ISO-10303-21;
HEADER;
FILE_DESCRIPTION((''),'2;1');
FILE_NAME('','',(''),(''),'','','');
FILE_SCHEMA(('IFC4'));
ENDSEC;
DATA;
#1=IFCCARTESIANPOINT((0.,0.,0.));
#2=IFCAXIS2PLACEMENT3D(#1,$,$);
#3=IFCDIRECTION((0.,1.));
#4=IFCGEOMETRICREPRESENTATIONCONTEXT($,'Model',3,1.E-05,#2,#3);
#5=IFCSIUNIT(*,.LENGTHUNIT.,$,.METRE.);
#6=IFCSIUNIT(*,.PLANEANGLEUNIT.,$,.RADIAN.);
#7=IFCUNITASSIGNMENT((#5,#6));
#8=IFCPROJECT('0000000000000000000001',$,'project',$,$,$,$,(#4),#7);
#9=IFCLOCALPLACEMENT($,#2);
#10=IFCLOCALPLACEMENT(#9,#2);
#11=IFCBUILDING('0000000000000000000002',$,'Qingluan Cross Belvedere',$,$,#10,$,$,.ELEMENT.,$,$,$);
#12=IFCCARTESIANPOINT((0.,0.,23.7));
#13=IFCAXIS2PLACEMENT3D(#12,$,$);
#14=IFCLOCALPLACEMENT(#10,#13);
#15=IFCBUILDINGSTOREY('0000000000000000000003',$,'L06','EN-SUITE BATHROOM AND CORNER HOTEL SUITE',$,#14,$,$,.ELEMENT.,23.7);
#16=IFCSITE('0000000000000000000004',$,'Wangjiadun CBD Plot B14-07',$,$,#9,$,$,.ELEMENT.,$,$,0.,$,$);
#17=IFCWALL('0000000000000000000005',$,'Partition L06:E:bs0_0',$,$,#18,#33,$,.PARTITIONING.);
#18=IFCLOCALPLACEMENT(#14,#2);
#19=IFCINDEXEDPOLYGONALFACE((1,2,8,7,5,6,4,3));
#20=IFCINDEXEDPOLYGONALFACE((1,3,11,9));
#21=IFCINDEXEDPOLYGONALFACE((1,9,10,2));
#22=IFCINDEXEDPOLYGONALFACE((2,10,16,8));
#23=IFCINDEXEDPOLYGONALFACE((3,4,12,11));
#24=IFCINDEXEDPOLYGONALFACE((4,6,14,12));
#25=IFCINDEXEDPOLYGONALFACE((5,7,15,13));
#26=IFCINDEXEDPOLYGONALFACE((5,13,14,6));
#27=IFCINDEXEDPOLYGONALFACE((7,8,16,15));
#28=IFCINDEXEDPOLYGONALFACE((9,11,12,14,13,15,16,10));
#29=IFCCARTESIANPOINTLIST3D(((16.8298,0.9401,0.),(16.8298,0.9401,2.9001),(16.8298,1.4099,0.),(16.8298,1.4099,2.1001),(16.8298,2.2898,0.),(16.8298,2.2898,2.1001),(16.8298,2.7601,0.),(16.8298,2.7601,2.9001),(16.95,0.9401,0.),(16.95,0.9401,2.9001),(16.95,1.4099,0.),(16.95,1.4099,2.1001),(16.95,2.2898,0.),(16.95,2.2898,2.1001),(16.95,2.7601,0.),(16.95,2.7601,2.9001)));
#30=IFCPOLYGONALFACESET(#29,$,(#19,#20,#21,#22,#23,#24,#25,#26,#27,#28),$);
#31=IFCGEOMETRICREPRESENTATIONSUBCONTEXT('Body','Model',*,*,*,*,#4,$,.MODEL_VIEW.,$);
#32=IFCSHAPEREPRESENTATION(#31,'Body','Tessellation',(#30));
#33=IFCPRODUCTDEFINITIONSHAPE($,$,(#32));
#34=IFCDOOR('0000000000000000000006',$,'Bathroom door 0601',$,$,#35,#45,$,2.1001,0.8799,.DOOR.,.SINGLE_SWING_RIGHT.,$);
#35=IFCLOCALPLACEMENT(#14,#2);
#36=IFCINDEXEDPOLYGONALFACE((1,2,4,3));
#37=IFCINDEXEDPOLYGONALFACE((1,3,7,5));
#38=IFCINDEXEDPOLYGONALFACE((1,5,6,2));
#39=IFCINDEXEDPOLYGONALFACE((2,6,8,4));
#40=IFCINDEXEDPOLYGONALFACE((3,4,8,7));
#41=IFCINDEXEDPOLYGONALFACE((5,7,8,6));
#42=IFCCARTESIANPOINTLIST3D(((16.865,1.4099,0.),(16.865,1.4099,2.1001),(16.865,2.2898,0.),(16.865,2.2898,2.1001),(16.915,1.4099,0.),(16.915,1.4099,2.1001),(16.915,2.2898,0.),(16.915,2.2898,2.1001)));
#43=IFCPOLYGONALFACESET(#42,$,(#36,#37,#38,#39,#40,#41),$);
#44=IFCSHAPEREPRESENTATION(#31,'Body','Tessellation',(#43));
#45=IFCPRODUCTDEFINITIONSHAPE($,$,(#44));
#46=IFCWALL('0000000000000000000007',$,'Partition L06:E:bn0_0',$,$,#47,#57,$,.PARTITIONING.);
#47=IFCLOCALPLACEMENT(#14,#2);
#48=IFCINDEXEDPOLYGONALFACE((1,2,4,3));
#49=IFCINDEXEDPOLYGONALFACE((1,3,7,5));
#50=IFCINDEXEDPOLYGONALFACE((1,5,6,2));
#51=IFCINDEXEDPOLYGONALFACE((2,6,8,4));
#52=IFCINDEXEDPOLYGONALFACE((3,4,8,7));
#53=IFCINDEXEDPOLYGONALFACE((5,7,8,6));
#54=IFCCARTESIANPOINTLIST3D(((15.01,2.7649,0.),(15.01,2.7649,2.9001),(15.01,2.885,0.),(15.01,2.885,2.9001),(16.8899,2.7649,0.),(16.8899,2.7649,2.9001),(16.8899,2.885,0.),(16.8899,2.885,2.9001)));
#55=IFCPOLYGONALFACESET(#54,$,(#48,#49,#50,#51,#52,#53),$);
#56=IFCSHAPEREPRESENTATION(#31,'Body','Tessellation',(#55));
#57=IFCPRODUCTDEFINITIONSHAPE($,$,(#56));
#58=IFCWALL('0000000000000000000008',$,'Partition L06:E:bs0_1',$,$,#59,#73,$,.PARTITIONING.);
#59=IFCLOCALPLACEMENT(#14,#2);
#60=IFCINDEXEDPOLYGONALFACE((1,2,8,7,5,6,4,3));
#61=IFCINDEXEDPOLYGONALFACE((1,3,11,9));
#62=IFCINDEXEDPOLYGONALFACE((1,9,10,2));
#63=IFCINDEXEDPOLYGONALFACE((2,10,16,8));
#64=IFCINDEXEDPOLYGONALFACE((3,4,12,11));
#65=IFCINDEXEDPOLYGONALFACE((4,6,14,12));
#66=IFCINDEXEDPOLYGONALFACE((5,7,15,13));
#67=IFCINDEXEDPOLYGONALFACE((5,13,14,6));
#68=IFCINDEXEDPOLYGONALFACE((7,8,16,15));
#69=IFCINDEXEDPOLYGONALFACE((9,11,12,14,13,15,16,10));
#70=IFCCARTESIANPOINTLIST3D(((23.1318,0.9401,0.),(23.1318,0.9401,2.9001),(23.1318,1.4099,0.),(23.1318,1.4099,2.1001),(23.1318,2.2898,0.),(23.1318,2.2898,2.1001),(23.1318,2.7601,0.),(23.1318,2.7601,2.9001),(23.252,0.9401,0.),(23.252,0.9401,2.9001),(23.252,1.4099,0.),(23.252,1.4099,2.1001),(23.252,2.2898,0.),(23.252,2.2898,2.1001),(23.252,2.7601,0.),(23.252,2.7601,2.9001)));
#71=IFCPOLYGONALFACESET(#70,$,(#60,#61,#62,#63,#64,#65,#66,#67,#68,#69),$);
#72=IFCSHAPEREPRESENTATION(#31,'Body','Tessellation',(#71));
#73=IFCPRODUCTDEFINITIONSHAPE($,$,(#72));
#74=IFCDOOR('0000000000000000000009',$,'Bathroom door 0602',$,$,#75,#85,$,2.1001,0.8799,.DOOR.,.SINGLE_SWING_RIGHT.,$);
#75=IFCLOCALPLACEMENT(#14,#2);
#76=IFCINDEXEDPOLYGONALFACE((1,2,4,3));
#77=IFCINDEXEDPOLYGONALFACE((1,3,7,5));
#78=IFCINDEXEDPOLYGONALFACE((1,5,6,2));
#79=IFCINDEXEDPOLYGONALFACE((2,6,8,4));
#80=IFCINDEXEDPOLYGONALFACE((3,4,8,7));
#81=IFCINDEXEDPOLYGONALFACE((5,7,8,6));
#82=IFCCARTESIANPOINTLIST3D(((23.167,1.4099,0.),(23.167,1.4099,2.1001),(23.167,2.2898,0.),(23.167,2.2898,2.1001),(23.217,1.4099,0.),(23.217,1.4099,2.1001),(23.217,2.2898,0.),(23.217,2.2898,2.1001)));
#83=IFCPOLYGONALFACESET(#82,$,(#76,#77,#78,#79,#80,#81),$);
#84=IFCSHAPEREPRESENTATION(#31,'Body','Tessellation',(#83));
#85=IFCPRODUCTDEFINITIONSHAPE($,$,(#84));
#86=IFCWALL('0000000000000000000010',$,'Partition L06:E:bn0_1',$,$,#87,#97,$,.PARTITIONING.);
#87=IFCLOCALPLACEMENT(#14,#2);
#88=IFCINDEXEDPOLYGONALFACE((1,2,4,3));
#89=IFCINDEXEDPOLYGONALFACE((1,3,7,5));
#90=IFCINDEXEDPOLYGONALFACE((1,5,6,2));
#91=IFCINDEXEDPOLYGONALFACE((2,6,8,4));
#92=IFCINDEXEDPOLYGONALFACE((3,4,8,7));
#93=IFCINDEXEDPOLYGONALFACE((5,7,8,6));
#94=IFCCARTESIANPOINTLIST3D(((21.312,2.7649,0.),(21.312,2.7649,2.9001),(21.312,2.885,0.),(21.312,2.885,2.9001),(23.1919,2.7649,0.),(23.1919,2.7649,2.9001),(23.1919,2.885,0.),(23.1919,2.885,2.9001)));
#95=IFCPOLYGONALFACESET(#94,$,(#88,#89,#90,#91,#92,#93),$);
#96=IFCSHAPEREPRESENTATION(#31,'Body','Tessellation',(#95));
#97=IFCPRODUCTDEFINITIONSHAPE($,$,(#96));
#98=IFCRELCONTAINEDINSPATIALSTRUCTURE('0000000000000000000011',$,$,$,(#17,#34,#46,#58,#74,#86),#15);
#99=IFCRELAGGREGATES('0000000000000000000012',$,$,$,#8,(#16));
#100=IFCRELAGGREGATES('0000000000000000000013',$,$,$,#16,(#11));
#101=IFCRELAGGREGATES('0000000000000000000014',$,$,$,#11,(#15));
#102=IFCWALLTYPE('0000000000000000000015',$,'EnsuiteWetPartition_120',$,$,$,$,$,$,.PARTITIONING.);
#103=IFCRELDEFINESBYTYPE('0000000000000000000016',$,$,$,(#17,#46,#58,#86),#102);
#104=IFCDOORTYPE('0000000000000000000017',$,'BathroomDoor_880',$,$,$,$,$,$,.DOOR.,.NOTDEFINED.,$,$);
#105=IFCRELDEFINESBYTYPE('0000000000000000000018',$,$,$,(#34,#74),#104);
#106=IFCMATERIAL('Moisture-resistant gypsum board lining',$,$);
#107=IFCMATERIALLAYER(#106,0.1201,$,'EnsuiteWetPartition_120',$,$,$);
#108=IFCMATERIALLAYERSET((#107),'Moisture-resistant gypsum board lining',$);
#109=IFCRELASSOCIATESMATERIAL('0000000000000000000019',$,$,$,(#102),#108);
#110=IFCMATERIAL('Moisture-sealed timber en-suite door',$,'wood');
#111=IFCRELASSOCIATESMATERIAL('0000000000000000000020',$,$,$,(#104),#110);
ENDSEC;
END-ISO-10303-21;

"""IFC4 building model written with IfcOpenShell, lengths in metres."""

from ifc_helpers import new_model, si_unit, direction, frame, frame_2d, origin, place, context, subcontext, project, spatial, rectangle, extrude, material, layer, layer_set, type_object, element, fill, save


model = new_model("IFC4")

# Units and contexts
model_context = context("Model", 3, precision=1e-05, world=origin(), true_north=direction((0.0, 1.0)))
body_context = subcontext(model_context, "Body", "Model", "MODEL_VIEW")
ifc_project = project(units=[si_unit("LENGTHUNIT", "METRE"), si_unit("PLANEANGLEUNIT", "RADIAN")], contexts=[model_context])

# Site, building, storey
site_placement = place(None, origin())
site = spatial("IfcSite", under=ifc_project, at=site_placement, Name="Wangjiadun CBD Plot B14-07", CompositionType="ELEMENT", RefElevation=0.0)
building_placement = place(site_placement, origin())
building = spatial("IfcBuilding", under=site, at=building_placement, Name="Qingluan Cross Belvedere", CompositionType="ELEMENT")
storey_placement = place(building_placement, frame((0.0, 0.0, 23.7)))
storey = spatial("IfcBuildingStorey", under=building, at=storey_placement, Name="L06", Description="EN-SUITE BATHROOM AND CORNER HOTEL SUITE", CompositionType="ELEMENT", Elevation=23.7)

# Wall, opening, door
ifc_material_1 = material(Name="Moisture-resistant gypsum board lining")
ifc_layer_1 = layer(ifc_material_1, 0.1201, Name="EnsuiteWetPartition_120")
ifc_layer_set_1 = layer_set([ifc_layer_1], Name="Moisture-resistant gypsum board lining")
wall_type_1 = type_object("IfcWallType", Name="EnsuiteWetPartition_120", PredefinedType="PARTITIONING", material=ifc_layer_set_1)
wall_1_placement = place(storey_placement, frame((16.8899, 0.9399, 0.0), z_axis=(0.0, 0.0, 1.0), x_axis=(0.0, 1.0, 0.0)))
wall_1 = element("IfcWall", 1, at=wall_1_placement, inside=storey, type_object=wall_type_1, Name="Partition L06:E:bs0_0", PredefinedType="PARTITIONING", context=body_context, shape_type="SweptSolid", body=[
    extrude(rectangle(XDim=1.8201, YDim=0.1201, at=frame_2d((0.9102, 0.0))), origin(), (0.0, 0.0, 1.0), 2.9001),
])
opening_1_placement = place(wall_1_placement, frame((0.47, 0.0, 0.0)))
opening_1 = element("IfcOpeningElement", 2, at=opening_1_placement, cuts=wall_1, PredefinedType="OPENING", context=body_context, shape_type="SweptSolid", body=[
    extrude(rectangle(XDim=0.8799, YDim=2.1001, at=frame_2d((0.4399, 1.05))), frame((0.0, 0.0701, 0.0), z_axis=(0.0, -1.0, 0.0), x_axis=(1.0, 0.0, 0.0)), (0.0, 0.0, 1.0), 0.1401),
])
ifc_material_2 = material(Name="Moisture-sealed timber en-suite door", Category="wood")
door_type_1 = type_object("IfcDoorType", Name="BathroomDoor_880", OperationType="NOTDEFINED", PredefinedType="DOOR", material=ifc_material_2)
door_1_placement = place(opening_1_placement, origin())
door_1 = element("IfcDoor", 3, at=door_1_placement, inside=storey, type_object=door_type_1, Name="Bathroom door 0601", OperationType="SINGLE_SWING_RIGHT", OverallHeight=2.1001, OverallWidth=0.8799, PredefinedType="DOOR", context=body_context, shape_type="SweptSolid", body=[
    extrude(rectangle(XDim=0.8799, YDim=2.1001, at=frame_2d((0.4399, 1.05))), frame((0.0, 0.0249, 0.0), z_axis=(0.0, -1.0, 0.0), x_axis=(1.0, 0.0, 0.0)), (0.0, 0.0, 1.0), 0.05),
])
fill(opening_1, door_1)

# Wall
wall_2_placement = place(storey_placement, frame((15.01, 2.825, 0.0), z_axis=(0.0, 0.0, 1.0), x_axis=(1.0, 0.0, 0.0)))
element("IfcWall", 4, at=wall_2_placement, inside=storey, type_object=wall_type_1, Name="Partition L06:E:bn0_0", PredefinedType="PARTITIONING", context=body_context, shape_type="SweptSolid", body=[
    extrude(rectangle(XDim=1.8799, YDim=0.1201, at=frame_2d((0.9399, 0.0))), origin(), (0.0, 0.0, 1.0), 2.9001),
])

# Wall, opening, door
wall_3_placement = place(storey_placement, frame((23.1919, 0.9399, 0.0), z_axis=(0.0, 0.0, 1.0), x_axis=(0.0, 1.0, 0.0)))
wall_3 = element("IfcWall", 5, at=wall_3_placement, inside=storey, type_object=wall_type_1, Name="Partition L06:E:bs0_1", PredefinedType="PARTITIONING", context=body_context, shape_type="SweptSolid", body=[
    extrude(rectangle(XDim=1.8201, YDim=0.1201, at=frame_2d((0.9102, 0.0))), origin(), (0.0, 0.0, 1.0), 2.9001),
])
opening_2_placement = place(wall_3_placement, frame((0.47, 0.0, 0.0)))
opening_2 = element("IfcOpeningElement", 6, at=opening_2_placement, cuts=wall_3, PredefinedType="OPENING", context=body_context, shape_type="SweptSolid", body=[
    extrude(rectangle(XDim=0.8799, YDim=2.1001, at=frame_2d((0.4399, 1.05))), frame((0.0, 0.0701, 0.0), z_axis=(0.0, -1.0, 0.0), x_axis=(1.0, 0.0, 0.0)), (0.0, 0.0, 1.0), 0.1401),
])
door_2_placement = place(opening_2_placement, origin())
door_2 = element("IfcDoor", 7, at=door_2_placement, inside=storey, type_object=door_type_1, Name="Bathroom door 0602", OperationType="SINGLE_SWING_RIGHT", OverallHeight=2.1001, OverallWidth=0.8799, PredefinedType="DOOR", context=body_context, shape_type="SweptSolid", body=[
    extrude(rectangle(XDim=0.8799, YDim=2.1001, at=frame_2d((0.4399, 1.05))), frame((0.0, 0.0249, 0.0), z_axis=(0.0, -1.0, 0.0), x_axis=(1.0, 0.0, 0.0)), (0.0, 0.0, 1.0), 0.05),
])
fill(opening_2, door_2)

# Wall
wall_4_placement = place(storey_placement, frame((21.312, 2.825, 0.0), z_axis=(0.0, 0.0, 1.0), x_axis=(1.0, 0.0, 0.0)))
element("IfcWall", 8, at=wall_4_placement, inside=storey, type_object=wall_type_1, Name="Partition L06:E:bn0_1", PredefinedType="PARTITIONING", context=body_context, shape_type="SweptSolid", body=[
    extrude(rectangle(XDim=1.8799, YDim=0.1201, at=frame_2d((0.9399, 0.0))), origin(), (0.0, 0.0, 1.0), 2.9001),
])

save(model, "model.ifc")
